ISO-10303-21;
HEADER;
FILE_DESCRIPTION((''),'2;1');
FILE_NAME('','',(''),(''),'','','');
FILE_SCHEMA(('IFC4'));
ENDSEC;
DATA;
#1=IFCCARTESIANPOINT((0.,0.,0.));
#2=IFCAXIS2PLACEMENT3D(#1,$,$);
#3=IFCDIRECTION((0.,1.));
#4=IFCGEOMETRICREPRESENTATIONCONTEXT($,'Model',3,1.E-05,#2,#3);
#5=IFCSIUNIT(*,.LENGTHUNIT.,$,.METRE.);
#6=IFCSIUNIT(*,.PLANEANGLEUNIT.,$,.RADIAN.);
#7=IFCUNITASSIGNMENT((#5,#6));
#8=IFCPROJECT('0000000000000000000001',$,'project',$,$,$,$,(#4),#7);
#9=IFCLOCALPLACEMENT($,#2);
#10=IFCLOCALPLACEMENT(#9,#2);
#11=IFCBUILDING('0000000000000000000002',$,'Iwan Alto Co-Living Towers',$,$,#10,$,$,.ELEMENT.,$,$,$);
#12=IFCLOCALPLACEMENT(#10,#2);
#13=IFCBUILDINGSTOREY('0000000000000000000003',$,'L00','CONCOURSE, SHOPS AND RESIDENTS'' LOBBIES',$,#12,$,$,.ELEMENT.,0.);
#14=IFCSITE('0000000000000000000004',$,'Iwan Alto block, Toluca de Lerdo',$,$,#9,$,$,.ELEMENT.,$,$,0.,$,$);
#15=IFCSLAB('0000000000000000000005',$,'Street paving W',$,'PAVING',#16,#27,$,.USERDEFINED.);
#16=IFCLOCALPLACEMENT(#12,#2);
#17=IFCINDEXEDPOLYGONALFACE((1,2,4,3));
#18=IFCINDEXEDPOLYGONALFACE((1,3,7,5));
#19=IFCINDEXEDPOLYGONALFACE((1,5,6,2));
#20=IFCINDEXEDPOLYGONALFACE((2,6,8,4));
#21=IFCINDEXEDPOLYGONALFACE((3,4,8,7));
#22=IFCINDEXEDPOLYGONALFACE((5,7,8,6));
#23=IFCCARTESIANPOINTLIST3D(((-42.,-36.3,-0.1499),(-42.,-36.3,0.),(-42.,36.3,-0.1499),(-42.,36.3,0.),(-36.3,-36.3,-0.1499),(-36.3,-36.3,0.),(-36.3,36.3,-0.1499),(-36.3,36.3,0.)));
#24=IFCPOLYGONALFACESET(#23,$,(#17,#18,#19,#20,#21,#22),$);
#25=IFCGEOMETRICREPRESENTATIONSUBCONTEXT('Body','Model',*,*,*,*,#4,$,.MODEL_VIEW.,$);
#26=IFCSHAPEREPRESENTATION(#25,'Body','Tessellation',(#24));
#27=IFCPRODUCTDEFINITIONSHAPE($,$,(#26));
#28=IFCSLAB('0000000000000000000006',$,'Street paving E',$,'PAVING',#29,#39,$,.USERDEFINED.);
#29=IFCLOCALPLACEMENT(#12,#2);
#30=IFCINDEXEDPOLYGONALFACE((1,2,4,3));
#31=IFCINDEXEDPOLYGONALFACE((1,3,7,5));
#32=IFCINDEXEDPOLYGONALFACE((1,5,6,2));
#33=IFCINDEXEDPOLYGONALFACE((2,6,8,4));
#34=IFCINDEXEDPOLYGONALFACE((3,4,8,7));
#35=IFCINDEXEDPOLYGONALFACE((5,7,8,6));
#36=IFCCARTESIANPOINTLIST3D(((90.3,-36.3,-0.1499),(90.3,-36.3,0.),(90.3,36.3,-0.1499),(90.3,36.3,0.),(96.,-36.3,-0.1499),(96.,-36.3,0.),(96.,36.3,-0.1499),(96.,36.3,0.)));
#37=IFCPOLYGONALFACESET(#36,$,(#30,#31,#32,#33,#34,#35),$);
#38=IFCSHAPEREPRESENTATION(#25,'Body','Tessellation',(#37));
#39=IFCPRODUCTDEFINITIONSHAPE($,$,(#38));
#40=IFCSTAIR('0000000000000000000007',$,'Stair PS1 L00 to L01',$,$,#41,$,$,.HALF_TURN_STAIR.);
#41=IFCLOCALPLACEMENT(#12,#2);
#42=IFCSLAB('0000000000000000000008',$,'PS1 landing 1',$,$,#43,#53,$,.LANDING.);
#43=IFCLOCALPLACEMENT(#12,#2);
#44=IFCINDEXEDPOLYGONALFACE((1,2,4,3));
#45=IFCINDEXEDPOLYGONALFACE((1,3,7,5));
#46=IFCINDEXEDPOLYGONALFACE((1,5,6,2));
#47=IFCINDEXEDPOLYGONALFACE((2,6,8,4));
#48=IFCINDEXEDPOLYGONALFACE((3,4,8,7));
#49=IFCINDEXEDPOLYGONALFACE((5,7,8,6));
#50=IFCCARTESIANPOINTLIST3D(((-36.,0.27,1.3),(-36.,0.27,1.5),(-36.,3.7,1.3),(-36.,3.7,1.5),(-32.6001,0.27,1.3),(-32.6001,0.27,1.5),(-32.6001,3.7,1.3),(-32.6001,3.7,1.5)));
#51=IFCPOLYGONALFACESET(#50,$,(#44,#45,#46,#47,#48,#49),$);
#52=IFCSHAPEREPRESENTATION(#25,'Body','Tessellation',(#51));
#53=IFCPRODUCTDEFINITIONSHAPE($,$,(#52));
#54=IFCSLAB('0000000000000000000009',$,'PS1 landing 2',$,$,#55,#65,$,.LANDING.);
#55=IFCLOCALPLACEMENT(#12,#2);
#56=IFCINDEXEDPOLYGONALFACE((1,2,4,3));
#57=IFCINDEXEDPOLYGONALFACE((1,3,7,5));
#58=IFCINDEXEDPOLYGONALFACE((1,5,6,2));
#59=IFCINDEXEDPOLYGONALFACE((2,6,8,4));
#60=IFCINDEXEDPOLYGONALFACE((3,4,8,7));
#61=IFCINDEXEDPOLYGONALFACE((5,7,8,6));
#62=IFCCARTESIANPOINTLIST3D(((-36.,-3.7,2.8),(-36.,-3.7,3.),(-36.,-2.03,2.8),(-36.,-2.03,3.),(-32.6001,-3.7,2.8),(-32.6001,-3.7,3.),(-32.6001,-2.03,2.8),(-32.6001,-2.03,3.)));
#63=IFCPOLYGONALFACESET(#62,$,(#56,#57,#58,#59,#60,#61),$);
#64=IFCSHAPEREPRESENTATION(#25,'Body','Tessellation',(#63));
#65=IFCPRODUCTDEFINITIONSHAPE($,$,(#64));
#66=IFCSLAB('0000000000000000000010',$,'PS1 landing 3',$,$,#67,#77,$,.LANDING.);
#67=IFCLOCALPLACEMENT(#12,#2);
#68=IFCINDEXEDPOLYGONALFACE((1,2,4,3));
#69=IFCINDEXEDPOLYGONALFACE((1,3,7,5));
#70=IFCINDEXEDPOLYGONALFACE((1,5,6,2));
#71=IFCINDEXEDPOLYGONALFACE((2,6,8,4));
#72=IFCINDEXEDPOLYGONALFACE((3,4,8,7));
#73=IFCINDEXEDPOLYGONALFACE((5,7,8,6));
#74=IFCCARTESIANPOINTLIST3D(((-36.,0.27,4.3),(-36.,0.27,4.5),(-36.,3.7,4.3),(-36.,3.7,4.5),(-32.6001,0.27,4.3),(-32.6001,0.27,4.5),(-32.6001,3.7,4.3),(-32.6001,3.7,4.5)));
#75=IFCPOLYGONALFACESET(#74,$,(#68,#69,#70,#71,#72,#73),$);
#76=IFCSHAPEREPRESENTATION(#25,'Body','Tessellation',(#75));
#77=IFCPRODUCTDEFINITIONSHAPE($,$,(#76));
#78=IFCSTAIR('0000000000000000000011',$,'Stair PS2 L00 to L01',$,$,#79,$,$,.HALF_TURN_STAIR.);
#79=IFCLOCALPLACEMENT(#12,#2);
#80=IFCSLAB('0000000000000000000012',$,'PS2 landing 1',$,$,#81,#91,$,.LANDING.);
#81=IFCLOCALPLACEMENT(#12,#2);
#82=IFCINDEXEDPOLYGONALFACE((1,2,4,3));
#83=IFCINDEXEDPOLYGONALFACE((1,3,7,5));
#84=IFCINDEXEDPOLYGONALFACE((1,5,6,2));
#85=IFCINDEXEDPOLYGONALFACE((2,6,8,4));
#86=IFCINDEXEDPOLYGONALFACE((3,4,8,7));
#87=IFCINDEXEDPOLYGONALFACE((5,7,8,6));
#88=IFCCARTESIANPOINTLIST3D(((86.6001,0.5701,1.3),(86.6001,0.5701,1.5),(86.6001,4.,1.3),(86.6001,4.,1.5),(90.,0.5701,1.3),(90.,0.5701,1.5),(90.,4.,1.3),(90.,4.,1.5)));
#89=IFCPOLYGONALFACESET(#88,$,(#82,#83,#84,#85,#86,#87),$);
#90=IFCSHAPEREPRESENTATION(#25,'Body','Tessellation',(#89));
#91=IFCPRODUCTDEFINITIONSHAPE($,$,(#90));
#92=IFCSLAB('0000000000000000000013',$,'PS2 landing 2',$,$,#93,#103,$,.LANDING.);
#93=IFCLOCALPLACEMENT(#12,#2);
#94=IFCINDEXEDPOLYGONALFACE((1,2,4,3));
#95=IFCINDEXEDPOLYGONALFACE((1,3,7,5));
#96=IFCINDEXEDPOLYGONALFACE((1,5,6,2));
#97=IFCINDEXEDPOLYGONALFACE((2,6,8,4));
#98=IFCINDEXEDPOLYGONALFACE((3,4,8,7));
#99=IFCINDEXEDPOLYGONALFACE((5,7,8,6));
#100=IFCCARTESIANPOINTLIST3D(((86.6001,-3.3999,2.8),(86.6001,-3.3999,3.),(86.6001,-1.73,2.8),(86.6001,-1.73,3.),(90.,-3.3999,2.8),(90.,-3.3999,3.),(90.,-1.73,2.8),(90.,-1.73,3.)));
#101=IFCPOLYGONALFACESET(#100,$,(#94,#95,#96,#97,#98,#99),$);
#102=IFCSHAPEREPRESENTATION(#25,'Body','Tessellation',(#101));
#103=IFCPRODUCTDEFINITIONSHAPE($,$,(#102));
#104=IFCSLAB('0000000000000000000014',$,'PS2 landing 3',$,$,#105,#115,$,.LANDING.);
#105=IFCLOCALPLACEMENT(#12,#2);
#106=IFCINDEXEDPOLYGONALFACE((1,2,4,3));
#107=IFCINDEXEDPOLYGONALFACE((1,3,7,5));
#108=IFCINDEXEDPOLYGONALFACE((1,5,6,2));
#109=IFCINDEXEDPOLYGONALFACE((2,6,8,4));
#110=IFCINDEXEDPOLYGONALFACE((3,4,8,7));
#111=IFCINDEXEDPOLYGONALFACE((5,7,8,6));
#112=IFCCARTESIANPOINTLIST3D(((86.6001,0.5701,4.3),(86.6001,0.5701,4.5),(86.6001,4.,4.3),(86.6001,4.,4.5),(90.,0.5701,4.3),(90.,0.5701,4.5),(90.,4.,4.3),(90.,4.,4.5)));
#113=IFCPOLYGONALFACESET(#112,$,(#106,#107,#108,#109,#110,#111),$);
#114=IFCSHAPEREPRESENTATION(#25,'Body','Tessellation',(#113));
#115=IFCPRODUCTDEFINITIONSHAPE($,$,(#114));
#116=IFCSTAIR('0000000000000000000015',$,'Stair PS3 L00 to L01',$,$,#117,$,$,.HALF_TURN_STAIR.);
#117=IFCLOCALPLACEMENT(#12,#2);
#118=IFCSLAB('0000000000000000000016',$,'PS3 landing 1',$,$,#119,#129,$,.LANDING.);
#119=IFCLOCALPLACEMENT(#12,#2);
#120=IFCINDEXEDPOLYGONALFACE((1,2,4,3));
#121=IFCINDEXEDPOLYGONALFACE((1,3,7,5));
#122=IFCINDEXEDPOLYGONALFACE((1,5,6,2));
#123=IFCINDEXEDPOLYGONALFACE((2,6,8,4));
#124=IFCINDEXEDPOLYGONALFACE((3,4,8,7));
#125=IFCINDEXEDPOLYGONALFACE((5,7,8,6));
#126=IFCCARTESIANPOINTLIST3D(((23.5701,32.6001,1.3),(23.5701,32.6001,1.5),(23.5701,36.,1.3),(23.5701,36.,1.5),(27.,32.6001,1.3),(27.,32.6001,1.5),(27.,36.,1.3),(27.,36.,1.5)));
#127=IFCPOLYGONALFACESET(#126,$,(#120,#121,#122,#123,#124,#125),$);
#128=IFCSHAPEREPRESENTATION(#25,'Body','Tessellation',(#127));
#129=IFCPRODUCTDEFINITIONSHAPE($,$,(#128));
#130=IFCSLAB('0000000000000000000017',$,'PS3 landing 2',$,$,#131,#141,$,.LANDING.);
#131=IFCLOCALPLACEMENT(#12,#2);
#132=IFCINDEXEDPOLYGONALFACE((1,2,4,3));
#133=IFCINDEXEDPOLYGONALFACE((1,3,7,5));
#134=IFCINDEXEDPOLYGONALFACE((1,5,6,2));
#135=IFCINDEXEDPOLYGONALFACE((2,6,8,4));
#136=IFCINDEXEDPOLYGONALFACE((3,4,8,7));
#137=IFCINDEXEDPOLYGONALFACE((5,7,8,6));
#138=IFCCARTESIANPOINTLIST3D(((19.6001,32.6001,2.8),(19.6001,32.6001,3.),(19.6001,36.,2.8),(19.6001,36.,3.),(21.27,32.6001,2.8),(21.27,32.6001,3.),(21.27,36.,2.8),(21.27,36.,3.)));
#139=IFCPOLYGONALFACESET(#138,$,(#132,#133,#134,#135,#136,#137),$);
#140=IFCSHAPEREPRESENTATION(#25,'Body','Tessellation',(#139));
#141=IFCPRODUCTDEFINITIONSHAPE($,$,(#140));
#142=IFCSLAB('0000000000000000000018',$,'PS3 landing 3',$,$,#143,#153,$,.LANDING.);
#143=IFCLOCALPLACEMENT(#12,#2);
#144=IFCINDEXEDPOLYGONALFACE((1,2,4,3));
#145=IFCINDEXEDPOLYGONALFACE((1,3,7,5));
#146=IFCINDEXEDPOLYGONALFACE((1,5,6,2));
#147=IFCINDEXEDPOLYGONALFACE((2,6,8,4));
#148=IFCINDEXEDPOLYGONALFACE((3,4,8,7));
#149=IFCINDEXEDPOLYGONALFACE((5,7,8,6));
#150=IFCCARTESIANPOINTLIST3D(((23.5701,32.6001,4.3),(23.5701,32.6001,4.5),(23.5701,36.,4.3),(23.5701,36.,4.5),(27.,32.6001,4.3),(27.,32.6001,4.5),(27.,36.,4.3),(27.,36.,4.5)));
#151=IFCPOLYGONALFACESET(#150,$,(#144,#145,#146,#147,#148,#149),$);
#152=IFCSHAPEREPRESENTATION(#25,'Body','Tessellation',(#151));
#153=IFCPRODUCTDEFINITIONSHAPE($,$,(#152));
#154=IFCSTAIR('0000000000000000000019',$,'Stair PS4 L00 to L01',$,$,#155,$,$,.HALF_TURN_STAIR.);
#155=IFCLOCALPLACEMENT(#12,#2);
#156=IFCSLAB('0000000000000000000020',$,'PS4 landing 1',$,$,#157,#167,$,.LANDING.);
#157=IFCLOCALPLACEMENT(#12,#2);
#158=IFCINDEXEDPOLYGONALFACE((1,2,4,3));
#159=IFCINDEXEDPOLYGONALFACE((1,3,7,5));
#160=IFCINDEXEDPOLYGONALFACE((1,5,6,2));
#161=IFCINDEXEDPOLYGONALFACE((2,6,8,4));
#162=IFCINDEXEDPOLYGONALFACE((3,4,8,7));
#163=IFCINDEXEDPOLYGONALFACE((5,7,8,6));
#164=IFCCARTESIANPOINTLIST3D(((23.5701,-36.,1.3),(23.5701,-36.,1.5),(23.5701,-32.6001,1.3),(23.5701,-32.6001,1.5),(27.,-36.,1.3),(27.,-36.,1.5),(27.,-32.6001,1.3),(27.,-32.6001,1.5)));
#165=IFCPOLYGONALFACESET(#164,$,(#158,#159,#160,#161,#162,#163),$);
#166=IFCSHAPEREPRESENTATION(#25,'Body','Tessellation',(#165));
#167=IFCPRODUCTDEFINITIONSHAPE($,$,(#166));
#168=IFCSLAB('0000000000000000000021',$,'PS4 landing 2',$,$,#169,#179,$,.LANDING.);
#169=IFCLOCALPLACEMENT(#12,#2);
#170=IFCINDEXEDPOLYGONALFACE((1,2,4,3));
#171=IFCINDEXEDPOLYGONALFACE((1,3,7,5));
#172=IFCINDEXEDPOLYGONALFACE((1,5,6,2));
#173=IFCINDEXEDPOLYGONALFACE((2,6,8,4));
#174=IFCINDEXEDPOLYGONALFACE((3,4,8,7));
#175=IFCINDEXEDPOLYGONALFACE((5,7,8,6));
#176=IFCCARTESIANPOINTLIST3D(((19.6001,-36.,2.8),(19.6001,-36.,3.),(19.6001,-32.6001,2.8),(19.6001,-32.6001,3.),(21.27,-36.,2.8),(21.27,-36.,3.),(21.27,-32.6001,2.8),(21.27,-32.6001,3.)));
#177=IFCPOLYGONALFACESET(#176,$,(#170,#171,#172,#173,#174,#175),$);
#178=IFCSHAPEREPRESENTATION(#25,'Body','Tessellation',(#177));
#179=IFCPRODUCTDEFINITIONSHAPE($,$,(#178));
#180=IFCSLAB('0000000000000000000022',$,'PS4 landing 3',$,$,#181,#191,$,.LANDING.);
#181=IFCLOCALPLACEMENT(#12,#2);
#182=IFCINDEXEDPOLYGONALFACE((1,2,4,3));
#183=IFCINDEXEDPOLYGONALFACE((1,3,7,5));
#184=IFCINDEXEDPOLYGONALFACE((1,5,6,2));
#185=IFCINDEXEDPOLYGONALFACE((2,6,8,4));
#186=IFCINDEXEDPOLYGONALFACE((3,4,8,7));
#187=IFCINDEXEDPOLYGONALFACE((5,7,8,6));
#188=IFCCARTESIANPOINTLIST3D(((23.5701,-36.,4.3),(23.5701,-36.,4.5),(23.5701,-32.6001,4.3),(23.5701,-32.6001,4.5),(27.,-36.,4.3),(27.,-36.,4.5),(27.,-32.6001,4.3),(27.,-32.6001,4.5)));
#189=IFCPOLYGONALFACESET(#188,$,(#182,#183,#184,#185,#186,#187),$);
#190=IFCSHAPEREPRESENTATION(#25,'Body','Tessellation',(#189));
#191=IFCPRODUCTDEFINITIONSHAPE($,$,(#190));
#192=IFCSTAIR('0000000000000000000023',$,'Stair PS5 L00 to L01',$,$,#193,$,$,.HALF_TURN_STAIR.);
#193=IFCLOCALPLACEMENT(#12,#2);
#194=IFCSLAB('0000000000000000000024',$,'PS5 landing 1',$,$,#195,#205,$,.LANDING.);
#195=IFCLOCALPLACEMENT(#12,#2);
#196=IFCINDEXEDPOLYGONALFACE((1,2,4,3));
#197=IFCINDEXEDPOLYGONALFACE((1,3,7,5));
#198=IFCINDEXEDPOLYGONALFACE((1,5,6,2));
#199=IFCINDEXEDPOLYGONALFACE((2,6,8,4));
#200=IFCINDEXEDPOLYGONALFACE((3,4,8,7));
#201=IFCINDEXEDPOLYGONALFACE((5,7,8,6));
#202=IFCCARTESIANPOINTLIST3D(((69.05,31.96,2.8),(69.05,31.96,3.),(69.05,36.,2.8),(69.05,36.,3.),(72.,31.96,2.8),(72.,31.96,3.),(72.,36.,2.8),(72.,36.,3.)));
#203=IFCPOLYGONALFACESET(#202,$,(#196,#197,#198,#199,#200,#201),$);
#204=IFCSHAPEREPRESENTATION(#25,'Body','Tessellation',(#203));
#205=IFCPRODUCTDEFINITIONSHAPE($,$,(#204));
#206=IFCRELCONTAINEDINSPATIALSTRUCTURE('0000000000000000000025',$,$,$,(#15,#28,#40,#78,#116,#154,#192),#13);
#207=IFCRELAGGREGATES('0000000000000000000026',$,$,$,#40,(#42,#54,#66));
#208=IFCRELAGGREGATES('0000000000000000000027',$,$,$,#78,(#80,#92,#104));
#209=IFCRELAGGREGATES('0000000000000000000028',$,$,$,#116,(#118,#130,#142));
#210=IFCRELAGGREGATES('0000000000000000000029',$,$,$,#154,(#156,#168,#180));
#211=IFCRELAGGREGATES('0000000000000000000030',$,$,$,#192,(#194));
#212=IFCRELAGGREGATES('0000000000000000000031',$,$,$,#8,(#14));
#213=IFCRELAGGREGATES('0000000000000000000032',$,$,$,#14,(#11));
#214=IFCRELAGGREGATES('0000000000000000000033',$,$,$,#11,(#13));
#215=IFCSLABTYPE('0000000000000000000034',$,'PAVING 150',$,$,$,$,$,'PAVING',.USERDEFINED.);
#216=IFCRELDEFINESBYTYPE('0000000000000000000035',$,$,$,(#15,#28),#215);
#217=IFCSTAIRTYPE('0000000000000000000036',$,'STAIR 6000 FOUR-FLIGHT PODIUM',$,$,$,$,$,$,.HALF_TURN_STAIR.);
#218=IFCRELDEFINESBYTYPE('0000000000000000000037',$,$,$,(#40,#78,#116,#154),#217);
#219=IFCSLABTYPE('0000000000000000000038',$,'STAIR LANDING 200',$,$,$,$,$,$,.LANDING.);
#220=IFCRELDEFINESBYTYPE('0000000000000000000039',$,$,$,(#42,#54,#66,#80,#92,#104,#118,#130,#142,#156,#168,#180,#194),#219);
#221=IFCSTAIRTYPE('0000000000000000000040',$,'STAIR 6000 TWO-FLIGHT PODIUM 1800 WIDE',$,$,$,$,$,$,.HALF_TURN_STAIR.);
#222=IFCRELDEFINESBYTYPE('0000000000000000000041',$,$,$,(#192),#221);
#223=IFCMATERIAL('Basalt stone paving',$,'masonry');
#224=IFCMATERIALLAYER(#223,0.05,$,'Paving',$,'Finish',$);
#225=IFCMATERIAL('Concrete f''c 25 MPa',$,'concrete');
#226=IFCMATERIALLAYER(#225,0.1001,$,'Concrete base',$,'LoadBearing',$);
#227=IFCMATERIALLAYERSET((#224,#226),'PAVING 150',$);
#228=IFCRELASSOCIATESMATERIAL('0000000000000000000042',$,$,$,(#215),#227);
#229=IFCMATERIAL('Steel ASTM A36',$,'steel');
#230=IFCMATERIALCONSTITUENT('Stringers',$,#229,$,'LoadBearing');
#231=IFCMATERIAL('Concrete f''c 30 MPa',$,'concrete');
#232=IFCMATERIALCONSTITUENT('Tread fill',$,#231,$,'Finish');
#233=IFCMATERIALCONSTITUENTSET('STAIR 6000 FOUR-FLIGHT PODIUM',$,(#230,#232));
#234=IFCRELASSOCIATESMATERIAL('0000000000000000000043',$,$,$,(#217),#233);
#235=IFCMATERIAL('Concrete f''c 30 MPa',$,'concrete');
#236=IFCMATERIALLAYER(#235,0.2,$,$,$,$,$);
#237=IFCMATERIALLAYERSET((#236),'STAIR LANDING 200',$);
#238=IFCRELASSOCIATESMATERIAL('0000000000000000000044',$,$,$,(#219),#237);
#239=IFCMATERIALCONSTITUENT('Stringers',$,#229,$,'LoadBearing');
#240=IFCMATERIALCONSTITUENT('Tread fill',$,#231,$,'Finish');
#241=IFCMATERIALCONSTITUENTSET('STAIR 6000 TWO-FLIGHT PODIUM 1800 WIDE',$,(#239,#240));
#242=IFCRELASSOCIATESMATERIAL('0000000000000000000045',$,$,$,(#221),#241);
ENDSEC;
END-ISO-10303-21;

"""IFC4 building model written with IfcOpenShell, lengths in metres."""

from ifc_helpers import new_model, si_unit, direction, frame, origin, place, context, subcontext, project, spatial, polyline, outline, extrude, material, layer, layer_set, constituent, constituent_set, type_object, element, aggregate, save


model = new_model("IFC4")

# Units and contexts
model_context = context("Model", 3, precision=1e-05, world=origin(), true_north=direction((0.0, 1.0)))
body_context = subcontext(model_context, "Body", "Model", "MODEL_VIEW")
ifc_project = project(units=[si_unit("LENGTHUNIT", "METRE"), si_unit("PLANEANGLEUNIT", "RADIAN")], contexts=[model_context])

# Site, building, storey
site_placement = place(None, origin())
site = spatial("IfcSite", under=ifc_project, at=site_placement, Name="Iwan Alto block, Toluca de Lerdo", CompositionType="ELEMENT", RefElevation=0.0)
building_placement = place(site_placement, origin())
building = spatial("IfcBuilding", under=site, at=building_placement, Name="Iwan Alto Co-Living Towers", CompositionType="ELEMENT")
storey_placement = place(building_placement, origin())
storey = spatial("IfcBuildingStorey", under=building, at=storey_placement, Name="L00", Description="CONCOURSE, SHOPS AND RESIDENTS' LOBBIES", CompositionType="ELEMENT", Elevation=0.0)

# Slabs
ifc_material_1 = material(Name="Basalt stone paving", Category="masonry")
ifc_layer_1 = layer(ifc_material_1, 0.05, Name="Paving", Category="Finish")
ifc_material_2 = material(Name="Concrete f'c 25 MPa", Category="concrete")
ifc_layer_2 = layer(ifc_material_2, 0.1001, Name="Concrete base", Category="LoadBearing")
ifc_layer_set_1 = layer_set([ifc_layer_1, ifc_layer_2], Name="PAVING 150")
slab_type_1 = type_object("IfcSlabType", Name="PAVING 150", ElementType="PAVING", PredefinedType="USERDEFINED", material=ifc_layer_set_1)
slab_1_placement = place(storey_placement, frame((0.0, 0.0, -0.1499)))
element("IfcSlab", 1, at=slab_1_placement, inside=storey, type_object=slab_type_1, Name="Street paving W", ObjectType="PAVING", PredefinedType="USERDEFINED", context=body_context, shape_type="SweptSolid", body=[
    extrude(outline(polyline([(-42.0, -36.3), (-36.3, -36.3), (-36.3, 36.3), (-42.0, 36.3), (-42.0, -36.3)])), origin(), (0.0, 0.0, 1.0), 0.1499),
])
slab_2_placement = place(storey_placement, frame((0.0, 0.0, -0.1499)))
element("IfcSlab", 2, at=slab_2_placement, inside=storey, type_object=slab_type_1, Name="Street paving E", ObjectType="PAVING", PredefinedType="USERDEFINED", context=body_context, shape_type="SweptSolid", body=[
    extrude(outline(polyline([(90.3, -36.3), (96.0, -36.3), (96.0, 36.3), (90.3, 36.3), (90.3, -36.3)])), origin(), (0.0, 0.0, 1.0), 0.1499),
])

# Stairs, slabs
ifc_material_3 = material(Name="Steel ASTM A36", Category="steel")
ifc_constituent_1 = constituent(ifc_material_3, Name="Stringers", Category="LoadBearing")
ifc_material_4 = material(Name="Concrete f'c 30 MPa", Category="concrete")
ifc_constituent_2 = constituent(ifc_material_4, Name="Tread fill", Category="Finish")
ifc_constituent_set_1 = constituent_set(constituents=[ifc_constituent_1, ifc_constituent_2], Name="STAIR 6000 FOUR-FLIGHT PODIUM")
stair_type_1 = type_object("IfcStairType", Name="STAIR 6000 FOUR-FLIGHT PODIUM", PredefinedType="HALF_TURN_STAIR", material=ifc_constituent_set_1)
stair_1_placement = place(storey_placement, origin())
stair_1 = element("IfcStair", 3, at=stair_1_placement, inside=storey, type_object=stair_type_1, Name="Stair PS1 L00 to L01", PredefinedType="HALF_TURN_STAIR")
ifc_material_5 = material(Name="Concrete f'c 30 MPa", Category="concrete")
ifc_layer_3 = layer(ifc_material_5, 0.2)
ifc_layer_set_2 = layer_set([ifc_layer_3], Name="STAIR LANDING 200")
slab_type_2 = type_object("IfcSlabType", Name="STAIR LANDING 200", PredefinedType="LANDING", material=ifc_layer_set_2)
slab_3_placement = place(storey_placement, frame((0.0, 0.0, 1.3)))
slab_3 = element("IfcSlab", 4, at=slab_3_placement, type_object=slab_type_2, Name="PS1 landing 1", PredefinedType="LANDING", context=body_context, shape_type="SweptSolid", body=[
    extrude(outline(polyline([(-36.0, 0.27), (-36.0, 3.7), (-32.6001, 3.7), (-32.6001, 0.27), (-36.0, 0.27)])), origin(), (0.0, 0.0, 1.0), 0.2),
])
slab_4_placement = place(storey_placement, frame((0.0, 0.0, 2.8)))
slab_4 = element("IfcSlab", 5, at=slab_4_placement, type_object=slab_type_2, Name="PS1 landing 2", PredefinedType="LANDING", context=body_context, shape_type="SweptSolid", body=[
    extrude(outline(polyline([(-36.0, -3.7), (-36.0, -2.03), (-32.6001, -2.03), (-32.6001, -3.7), (-36.0, -3.7)])), origin(), (0.0, 0.0, 1.0), 0.2),
])
slab_5_placement = place(storey_placement, frame((0.0, 0.0, 4.3)))
slab_5 = element("IfcSlab", 6, at=slab_5_placement, type_object=slab_type_2, Name="PS1 landing 3", PredefinedType="LANDING", context=body_context, shape_type="SweptSolid", body=[
    extrude(outline(polyline([(-36.0, 0.27), (-36.0, 3.7), (-32.6001, 3.7), (-32.6001, 0.27), (-36.0, 0.27)])), origin(), (0.0, 0.0, 1.0), 0.2),
])
aggregate(stair_1, [slab_3, slab_4, slab_5])
stair_2_placement = place(storey_placement, origin())
stair_2 = element("IfcStair", 7, at=stair_2_placement, inside=storey, type_object=stair_type_1, Name="Stair PS2 L00 to L01", PredefinedType="HALF_TURN_STAIR")
slab_6_placement = place(storey_placement, frame((0.0, 0.0, 1.3)))
slab_6 = element("IfcSlab", 8, at=slab_6_placement, type_object=slab_type_2, Name="PS2 landing 1", PredefinedType="LANDING", context=body_context, shape_type="SweptSolid", body=[
    extrude(outline(polyline([(86.6001, 0.5701), (86.6001, 4.0), (90.0, 4.0), (90.0, 0.5701), (86.6001, 0.5701)])), origin(), (0.0, 0.0, 1.0), 0.2),
])
slab_7_placement = place(storey_placement, frame((0.0, 0.0, 2.8)))
slab_7 = element("IfcSlab", 9, at=slab_7_placement, type_object=slab_type_2, Name="PS2 landing 2", PredefinedType="LANDING", context=body_context, shape_type="SweptSolid", body=[
    extrude(outline(polyline([(86.6001, -3.3999), (86.6001, -1.73), (90.0, -1.73), (90.0, -3.3999), (86.6001, -3.3999)])), origin(), (0.0, 0.0, 1.0), 0.2),
])
slab_8_placement = place(storey_placement, frame((0.0, 0.0, 4.3)))
slab_8 = element("IfcSlab", 10, at=slab_8_placement, type_object=slab_type_2, Name="PS2 landing 3", PredefinedType="LANDING", context=body_context, shape_type="SweptSolid", body=[
    extrude(outline(polyline([(86.6001, 0.5701), (86.6001, 4.0), (90.0, 4.0), (90.0, 0.5701), (86.6001, 0.5701)])), origin(), (0.0, 0.0, 1.0), 0.2),
])
aggregate(stair_2, [slab_6, slab_7, slab_8])
stair_3_placement = place(storey_placement, origin())
stair_3 = element("IfcStair", 11, at=stair_3_placement, inside=storey, type_object=stair_type_1, Name="Stair PS3 L00 to L01", PredefinedType="HALF_TURN_STAIR")
slab_9_placement = place(storey_placement, frame((0.0, 0.0, 1.3)))
slab_9 = element("IfcSlab", 12, at=slab_9_placement, type_object=slab_type_2, Name="PS3 landing 1", PredefinedType="LANDING", context=body_context, shape_type="SweptSolid", body=[
    extrude(outline(polyline([(23.5701, 32.6001), (27.0, 32.6001), (27.0, 36.0), (23.5701, 36.0), (23.5701, 32.6001)])), origin(), (0.0, 0.0, 1.0), 0.2),
])
slab_10_placement = place(storey_placement, frame((0.0, 0.0, 2.8)))
slab_10 = element("IfcSlab", 13, at=slab_10_placement, type_object=slab_type_2, Name="PS3 landing 2", PredefinedType="LANDING", context=body_context, shape_type="SweptSolid", body=[
    extrude(outline(polyline([(19.6001, 32.6001), (21.27, 32.6001), (21.27, 36.0), (19.6001, 36.0), (19.6001, 32.6001)])), origin(), (0.0, 0.0, 1.0), 0.2),
])
slab_11_placement = place(storey_placement, frame((0.0, 0.0, 4.3)))
slab_11 = element("IfcSlab", 14, at=slab_11_placement, type_object=slab_type_2, Name="PS3 landing 3", PredefinedType="LANDING", context=body_context, shape_type="SweptSolid", body=[
    extrude(outline(polyline([(23.5701, 32.6001), (27.0, 32.6001), (27.0, 36.0), (23.5701, 36.0), (23.5701, 32.6001)])), origin(), (0.0, 0.0, 1.0), 0.2),
])
aggregate(stair_3, [slab_9, slab_10, slab_11])
stair_4_placement = place(storey_placement, origin())
stair_4 = element("IfcStair", 15, at=stair_4_placement, inside=storey, type_object=stair_type_1, Name="Stair PS4 L00 to L01", PredefinedType="HALF_TURN_STAIR")
slab_12_placement = place(storey_placement, frame((0.0, 0.0, 1.3)))
slab_12 = element("IfcSlab", 16, at=slab_12_placement, type_object=slab_type_2, Name="PS4 landing 1", PredefinedType="LANDING", context=body_context, shape_type="SweptSolid", body=[
    extrude(outline(polyline([(23.5701, -36.0), (27.0, -36.0), (27.0, -32.6001), (23.5701, -32.6001), (23.5701, -36.0)])), origin(), (0.0, 0.0, 1.0), 0.2),
])
slab_13_placement = place(storey_placement, frame((0.0, 0.0, 2.8)))
slab_13 = element("IfcSlab", 17, at=slab_13_placement, type_object=slab_type_2, Name="PS4 landing 2", PredefinedType="LANDING", context=body_context, shape_type="SweptSolid", body=[
    extrude(outline(polyline([(19.6001, -36.0), (21.27, -36.0), (21.27, -32.6001), (19.6001, -32.6001), (19.6001, -36.0)])), origin(), (0.0, 0.0, 1.0), 0.2),
])
slab_14_placement = place(storey_placement, frame((0.0, 0.0, 4.3)))
slab_14 = element("IfcSlab", 18, at=slab_14_placement, type_object=slab_type_2, Name="PS4 landing 3", PredefinedType="LANDING", context=body_context, shape_type="SweptSolid", body=[
    extrude(outline(polyline([(23.5701, -36.0), (27.0, -36.0), (27.0, -32.6001), (23.5701, -32.6001), (23.5701, -36.0)])), origin(), (0.0, 0.0, 1.0), 0.2),
])
aggregate(stair_4, [slab_12, slab_13, slab_14])

# Stair, slab
ifc_constituent_3 = constituent(ifc_material_3, Name="Stringers", Category="LoadBearing")
ifc_constituent_4 = constituent(ifc_material_4, Name="Tread fill", Category="Finish")
ifc_constituent_set_2 = constituent_set(constituents=[ifc_constituent_3, ifc_constituent_4], Name="STAIR 6000 TWO-FLIGHT PODIUM 1800 WIDE")
stair_type_2 = type_object("IfcStairType", Name="STAIR 6000 TWO-FLIGHT PODIUM 1800 WIDE", PredefinedType="HALF_TURN_STAIR", material=ifc_constituent_set_2)
stair_5_placement = place(storey_placement, origin())
stair_5 = element("IfcStair", 19, at=stair_5_placement, inside=storey, type_object=stair_type_2, Name="Stair PS5 L00 to L01", PredefinedType="HALF_TURN_STAIR")
slab_15_placement = place(storey_placement, frame((0.0, 0.0, 2.8)))
slab_15 = element("IfcSlab", 20, at=slab_15_placement, type_object=slab_type_2, Name="PS5 landing 1", PredefinedType="LANDING", context=body_context, shape_type="SweptSolid", body=[
    extrude(outline(polyline([(69.05, 31.96), (72.0, 31.96), (72.0, 36.0), (69.05, 36.0), (69.05, 31.96)])), origin(), (0.0, 0.0, 1.0), 0.2),
])
aggregate(stair_5, [slab_15])

save(model, "model.ifc")
